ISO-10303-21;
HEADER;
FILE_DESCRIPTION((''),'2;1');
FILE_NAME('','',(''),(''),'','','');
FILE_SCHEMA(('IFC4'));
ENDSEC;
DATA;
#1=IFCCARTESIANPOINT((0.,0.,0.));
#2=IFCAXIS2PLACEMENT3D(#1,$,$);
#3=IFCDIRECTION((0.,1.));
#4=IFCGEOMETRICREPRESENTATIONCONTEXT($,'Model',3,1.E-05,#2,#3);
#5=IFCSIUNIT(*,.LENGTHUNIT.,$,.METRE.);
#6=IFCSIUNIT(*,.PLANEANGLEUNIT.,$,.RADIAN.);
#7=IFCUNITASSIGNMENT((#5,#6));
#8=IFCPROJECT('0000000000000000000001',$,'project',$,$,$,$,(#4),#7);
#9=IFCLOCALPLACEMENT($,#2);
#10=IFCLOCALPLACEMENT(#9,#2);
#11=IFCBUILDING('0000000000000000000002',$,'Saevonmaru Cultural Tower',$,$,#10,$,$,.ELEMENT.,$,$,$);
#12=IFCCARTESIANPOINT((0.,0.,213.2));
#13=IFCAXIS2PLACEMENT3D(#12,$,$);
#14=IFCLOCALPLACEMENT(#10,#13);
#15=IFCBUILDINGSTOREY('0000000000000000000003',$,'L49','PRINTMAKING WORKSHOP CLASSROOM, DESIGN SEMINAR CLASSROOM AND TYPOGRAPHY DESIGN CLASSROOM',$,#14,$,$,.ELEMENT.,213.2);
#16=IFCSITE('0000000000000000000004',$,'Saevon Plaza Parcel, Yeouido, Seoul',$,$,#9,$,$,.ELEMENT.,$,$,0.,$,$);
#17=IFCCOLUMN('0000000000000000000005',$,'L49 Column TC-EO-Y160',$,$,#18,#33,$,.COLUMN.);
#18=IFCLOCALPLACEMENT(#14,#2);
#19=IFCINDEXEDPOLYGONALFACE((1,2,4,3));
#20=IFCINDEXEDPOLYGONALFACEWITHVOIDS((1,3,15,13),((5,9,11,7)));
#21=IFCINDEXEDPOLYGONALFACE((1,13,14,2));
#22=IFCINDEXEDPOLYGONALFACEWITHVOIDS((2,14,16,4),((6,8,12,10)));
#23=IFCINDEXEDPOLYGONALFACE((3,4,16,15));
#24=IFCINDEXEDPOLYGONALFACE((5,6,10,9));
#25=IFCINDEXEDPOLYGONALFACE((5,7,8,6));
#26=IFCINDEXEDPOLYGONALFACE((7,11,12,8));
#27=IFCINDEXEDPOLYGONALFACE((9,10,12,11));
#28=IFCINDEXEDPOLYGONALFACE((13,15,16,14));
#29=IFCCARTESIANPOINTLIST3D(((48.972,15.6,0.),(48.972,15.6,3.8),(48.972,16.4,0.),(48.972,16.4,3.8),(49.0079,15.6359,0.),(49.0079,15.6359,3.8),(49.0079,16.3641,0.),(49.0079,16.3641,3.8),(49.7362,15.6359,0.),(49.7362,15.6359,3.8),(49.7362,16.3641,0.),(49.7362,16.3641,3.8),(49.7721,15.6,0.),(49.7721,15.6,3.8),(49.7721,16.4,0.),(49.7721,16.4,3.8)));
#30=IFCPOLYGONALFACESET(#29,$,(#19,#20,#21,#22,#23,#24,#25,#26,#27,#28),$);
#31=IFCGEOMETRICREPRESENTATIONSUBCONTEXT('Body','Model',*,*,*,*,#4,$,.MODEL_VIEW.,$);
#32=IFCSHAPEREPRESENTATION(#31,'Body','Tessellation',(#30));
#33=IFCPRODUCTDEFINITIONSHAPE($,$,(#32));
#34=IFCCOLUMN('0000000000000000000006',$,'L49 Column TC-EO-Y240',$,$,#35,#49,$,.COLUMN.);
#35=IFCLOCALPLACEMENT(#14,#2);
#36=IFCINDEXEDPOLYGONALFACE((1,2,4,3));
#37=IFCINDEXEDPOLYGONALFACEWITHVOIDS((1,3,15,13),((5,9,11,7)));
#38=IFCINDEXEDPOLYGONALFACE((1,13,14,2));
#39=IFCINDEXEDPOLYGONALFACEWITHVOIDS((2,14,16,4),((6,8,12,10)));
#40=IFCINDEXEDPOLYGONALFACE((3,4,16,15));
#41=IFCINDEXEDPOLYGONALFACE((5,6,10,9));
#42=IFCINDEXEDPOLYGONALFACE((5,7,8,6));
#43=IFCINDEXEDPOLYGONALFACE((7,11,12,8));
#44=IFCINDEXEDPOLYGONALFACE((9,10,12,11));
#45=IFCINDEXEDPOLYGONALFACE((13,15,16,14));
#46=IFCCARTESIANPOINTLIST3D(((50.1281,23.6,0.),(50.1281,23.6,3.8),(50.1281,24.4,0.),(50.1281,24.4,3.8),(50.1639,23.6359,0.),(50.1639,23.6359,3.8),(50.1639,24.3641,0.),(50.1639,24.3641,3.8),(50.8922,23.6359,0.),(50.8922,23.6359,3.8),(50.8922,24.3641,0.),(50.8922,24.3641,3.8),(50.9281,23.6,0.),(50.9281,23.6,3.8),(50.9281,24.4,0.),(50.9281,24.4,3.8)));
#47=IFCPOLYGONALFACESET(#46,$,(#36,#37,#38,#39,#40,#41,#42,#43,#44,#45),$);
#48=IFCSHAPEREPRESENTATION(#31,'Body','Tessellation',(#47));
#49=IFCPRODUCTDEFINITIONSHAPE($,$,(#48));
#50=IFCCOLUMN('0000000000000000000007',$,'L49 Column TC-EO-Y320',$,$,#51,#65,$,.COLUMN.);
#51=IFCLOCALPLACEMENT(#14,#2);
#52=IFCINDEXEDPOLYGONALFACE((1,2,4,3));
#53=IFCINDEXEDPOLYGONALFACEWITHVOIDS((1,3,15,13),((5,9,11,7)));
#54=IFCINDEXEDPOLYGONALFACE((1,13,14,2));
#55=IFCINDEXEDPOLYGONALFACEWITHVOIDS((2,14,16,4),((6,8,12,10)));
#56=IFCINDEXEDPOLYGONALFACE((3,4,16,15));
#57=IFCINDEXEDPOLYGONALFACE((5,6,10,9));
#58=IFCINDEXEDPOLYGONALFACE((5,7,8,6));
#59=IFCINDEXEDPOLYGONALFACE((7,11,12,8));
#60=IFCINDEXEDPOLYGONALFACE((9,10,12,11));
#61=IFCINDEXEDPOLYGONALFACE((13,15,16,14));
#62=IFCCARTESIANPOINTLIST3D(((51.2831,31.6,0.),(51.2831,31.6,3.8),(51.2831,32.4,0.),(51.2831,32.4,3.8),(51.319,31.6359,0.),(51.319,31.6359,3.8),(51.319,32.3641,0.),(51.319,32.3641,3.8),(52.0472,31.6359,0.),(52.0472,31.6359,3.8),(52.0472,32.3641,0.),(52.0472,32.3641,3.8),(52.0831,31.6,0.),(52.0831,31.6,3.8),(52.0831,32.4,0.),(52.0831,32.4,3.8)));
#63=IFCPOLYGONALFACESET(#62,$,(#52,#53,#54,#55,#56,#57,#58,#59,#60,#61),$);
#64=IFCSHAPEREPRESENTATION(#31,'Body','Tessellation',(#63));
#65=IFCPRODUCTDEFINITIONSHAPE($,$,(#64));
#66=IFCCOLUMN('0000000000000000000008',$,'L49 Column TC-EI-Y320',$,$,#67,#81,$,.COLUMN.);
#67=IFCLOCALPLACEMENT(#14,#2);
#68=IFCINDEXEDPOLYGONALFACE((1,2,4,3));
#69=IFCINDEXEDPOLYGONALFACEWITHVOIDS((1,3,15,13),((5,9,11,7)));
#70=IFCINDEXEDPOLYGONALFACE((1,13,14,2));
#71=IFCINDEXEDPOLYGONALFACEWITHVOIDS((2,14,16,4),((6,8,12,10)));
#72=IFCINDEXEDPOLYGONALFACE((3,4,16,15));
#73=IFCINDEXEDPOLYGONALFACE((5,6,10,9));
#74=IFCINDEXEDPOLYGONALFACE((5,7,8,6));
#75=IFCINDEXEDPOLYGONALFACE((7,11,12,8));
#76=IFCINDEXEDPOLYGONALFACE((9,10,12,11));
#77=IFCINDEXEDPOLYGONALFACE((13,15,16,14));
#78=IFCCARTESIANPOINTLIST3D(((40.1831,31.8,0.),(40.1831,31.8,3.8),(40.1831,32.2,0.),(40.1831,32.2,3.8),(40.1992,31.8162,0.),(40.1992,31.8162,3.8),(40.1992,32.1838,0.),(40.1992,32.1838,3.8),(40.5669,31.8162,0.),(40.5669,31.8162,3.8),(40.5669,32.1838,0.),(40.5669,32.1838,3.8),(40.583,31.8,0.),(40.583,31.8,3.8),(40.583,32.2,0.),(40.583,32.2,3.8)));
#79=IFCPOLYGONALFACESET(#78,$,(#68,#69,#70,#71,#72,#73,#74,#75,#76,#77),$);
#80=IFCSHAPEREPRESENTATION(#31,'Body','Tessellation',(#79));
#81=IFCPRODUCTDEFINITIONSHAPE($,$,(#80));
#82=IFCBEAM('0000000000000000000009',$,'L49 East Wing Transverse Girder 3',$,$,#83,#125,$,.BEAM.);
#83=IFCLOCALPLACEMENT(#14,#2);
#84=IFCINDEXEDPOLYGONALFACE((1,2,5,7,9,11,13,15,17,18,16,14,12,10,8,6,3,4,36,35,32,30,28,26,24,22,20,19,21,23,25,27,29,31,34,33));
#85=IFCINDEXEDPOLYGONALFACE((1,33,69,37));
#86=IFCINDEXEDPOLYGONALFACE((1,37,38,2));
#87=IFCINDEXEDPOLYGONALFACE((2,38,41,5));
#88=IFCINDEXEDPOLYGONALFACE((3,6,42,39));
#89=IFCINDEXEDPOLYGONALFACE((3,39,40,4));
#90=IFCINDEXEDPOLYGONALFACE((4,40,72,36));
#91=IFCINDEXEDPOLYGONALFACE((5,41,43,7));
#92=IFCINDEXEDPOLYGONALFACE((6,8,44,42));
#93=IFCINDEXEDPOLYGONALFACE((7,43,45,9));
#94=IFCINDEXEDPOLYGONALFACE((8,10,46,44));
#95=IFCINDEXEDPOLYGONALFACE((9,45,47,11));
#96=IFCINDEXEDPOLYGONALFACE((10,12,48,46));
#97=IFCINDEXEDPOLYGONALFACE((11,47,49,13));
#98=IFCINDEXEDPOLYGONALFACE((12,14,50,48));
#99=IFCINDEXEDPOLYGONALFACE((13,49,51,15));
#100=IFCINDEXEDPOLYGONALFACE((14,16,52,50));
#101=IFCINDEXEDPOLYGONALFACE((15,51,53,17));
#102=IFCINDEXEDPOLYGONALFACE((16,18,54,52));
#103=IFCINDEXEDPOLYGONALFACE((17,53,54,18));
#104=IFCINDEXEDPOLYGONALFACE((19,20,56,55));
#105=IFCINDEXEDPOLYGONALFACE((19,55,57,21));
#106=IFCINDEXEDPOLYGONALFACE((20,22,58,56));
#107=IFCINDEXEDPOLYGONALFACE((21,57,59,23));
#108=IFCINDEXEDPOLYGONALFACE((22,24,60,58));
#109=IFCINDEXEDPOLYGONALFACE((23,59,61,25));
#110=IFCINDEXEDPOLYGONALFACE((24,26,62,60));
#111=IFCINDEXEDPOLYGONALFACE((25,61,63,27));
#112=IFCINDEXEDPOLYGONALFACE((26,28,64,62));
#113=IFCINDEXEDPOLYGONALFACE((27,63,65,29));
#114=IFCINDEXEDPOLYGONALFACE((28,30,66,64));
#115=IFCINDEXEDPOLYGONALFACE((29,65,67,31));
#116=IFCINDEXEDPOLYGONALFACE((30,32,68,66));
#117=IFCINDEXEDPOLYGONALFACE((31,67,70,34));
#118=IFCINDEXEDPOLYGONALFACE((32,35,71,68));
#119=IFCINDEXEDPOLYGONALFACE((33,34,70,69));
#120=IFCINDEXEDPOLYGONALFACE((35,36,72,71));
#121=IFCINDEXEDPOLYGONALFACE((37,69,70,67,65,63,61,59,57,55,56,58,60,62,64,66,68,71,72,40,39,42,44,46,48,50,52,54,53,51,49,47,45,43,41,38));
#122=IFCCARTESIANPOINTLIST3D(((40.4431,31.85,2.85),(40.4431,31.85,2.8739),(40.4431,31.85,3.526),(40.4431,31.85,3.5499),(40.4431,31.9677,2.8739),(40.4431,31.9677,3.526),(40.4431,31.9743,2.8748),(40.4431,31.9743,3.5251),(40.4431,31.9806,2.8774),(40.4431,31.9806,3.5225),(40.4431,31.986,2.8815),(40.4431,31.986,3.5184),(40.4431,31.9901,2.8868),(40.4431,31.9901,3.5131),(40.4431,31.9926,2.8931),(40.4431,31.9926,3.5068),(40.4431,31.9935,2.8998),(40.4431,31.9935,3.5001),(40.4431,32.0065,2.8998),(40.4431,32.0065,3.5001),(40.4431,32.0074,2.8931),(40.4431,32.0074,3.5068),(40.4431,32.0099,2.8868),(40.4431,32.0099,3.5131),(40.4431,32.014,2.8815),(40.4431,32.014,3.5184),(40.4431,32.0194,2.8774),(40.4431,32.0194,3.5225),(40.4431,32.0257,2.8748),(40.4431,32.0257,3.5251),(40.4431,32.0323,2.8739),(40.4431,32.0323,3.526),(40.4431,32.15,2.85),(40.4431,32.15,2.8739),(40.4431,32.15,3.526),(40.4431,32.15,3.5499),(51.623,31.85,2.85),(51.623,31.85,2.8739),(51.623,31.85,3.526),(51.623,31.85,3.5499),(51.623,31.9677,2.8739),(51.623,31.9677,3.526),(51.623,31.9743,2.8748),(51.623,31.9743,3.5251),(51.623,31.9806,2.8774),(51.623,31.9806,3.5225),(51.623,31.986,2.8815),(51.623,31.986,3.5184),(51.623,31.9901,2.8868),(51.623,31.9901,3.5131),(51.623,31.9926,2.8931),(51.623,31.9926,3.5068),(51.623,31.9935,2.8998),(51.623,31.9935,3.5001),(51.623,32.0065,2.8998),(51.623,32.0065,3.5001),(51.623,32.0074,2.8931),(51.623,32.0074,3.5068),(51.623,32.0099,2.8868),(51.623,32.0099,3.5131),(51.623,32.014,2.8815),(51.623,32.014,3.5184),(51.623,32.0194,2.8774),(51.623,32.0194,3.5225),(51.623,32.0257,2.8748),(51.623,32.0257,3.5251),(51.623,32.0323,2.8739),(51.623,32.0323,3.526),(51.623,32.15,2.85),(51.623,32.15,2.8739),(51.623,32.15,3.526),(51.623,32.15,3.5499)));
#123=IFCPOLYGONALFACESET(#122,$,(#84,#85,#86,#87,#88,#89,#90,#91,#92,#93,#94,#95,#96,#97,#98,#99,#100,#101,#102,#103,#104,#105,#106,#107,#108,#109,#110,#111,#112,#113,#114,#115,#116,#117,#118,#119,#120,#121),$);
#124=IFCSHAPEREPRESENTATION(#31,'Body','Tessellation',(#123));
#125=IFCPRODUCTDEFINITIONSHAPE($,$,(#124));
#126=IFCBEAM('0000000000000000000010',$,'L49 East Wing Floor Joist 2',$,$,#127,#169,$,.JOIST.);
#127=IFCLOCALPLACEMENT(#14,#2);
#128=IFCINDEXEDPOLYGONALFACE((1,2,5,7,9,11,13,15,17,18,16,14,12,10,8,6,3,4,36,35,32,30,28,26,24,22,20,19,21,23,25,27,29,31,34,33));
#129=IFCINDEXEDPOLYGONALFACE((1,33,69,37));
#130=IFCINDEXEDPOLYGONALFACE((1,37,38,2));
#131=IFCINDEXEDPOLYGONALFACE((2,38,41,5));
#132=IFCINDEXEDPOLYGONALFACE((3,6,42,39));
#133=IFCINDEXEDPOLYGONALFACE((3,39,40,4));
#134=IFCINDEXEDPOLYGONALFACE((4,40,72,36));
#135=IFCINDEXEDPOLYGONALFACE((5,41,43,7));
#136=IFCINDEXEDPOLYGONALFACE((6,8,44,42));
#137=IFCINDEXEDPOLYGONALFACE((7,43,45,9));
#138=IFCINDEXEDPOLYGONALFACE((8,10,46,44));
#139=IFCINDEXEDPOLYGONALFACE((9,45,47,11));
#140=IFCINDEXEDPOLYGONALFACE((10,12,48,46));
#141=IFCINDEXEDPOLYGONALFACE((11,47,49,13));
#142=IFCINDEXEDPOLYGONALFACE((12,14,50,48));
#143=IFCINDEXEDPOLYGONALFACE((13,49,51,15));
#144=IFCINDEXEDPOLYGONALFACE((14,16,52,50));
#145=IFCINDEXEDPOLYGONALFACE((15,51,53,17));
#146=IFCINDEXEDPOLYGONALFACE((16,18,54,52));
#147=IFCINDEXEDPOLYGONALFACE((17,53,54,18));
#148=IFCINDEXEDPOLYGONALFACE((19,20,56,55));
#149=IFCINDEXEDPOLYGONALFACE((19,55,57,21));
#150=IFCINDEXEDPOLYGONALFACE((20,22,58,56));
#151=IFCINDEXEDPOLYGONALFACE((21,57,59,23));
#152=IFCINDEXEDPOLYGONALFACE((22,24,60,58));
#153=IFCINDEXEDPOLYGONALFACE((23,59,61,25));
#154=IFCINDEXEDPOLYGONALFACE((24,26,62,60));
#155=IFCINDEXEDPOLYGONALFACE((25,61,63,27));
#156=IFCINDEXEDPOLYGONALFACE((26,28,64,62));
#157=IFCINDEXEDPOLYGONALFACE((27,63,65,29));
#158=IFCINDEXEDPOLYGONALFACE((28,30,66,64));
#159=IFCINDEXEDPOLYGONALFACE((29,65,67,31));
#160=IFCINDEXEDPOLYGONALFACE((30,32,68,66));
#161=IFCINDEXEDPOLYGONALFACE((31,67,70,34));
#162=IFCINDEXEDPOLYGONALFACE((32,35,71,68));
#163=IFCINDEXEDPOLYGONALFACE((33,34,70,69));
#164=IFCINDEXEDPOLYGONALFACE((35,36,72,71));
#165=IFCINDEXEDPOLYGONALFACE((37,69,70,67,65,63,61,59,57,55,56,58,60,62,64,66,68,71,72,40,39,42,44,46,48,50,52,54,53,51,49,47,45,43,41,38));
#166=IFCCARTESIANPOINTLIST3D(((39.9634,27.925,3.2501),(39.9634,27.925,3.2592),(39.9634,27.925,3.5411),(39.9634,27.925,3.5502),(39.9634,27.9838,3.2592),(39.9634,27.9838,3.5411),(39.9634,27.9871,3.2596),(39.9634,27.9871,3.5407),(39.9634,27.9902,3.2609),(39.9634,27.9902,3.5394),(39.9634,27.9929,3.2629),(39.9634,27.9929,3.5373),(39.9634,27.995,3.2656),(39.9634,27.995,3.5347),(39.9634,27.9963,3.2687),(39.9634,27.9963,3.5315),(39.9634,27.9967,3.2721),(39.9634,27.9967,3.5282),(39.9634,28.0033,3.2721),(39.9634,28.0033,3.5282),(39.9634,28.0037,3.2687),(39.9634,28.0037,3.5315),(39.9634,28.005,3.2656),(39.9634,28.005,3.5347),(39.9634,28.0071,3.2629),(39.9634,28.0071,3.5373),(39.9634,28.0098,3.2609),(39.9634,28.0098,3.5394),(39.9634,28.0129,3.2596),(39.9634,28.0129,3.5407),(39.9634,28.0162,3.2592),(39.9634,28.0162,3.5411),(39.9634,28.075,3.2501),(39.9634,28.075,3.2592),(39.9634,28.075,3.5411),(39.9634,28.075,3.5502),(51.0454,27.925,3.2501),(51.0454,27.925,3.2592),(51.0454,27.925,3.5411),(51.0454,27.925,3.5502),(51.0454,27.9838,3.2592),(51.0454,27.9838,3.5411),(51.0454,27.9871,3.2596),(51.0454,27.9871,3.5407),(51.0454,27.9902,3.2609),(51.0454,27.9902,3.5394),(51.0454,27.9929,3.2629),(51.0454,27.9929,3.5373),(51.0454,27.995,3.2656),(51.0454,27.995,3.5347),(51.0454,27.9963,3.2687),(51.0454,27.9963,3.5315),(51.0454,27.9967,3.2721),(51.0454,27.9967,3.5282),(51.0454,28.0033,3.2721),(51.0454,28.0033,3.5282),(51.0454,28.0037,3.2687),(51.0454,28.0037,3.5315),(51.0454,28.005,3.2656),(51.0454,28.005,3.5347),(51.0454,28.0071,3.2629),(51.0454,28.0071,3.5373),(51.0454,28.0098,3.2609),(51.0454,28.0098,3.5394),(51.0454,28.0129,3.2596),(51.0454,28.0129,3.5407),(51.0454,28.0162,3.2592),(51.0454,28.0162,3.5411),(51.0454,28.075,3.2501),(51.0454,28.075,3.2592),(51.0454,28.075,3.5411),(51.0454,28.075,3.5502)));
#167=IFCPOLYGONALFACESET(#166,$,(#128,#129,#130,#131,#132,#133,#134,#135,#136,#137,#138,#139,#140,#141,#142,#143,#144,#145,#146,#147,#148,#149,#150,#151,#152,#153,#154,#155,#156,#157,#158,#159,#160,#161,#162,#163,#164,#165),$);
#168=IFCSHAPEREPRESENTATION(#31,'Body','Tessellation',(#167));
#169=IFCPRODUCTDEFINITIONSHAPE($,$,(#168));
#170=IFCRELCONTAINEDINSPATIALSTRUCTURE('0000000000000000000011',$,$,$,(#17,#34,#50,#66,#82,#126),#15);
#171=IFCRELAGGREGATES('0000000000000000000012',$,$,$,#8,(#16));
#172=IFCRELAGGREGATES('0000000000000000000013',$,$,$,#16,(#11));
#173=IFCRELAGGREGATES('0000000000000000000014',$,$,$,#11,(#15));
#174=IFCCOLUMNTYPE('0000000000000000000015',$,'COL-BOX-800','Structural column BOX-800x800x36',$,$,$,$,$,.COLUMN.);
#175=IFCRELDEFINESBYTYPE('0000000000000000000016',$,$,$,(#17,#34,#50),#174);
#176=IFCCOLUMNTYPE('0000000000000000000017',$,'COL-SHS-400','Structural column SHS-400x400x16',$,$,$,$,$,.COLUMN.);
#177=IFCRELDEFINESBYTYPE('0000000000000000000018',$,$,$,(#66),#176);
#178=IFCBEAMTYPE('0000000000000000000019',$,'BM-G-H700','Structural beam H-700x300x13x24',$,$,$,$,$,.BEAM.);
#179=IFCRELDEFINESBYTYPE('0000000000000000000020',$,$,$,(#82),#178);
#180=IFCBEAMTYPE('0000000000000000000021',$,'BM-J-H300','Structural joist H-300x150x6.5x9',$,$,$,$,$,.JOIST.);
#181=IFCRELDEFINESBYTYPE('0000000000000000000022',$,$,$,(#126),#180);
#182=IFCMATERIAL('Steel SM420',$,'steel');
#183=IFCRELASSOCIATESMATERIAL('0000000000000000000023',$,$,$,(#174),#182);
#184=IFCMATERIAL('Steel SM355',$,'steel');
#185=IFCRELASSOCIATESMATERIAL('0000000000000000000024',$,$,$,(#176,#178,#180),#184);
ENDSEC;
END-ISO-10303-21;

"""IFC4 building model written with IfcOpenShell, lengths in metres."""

from ifc_helpers import new_model, si_unit, direction, frame, origin, origin_2d, place, context, subcontext, project, spatial, hollow_rectangle, i_section, extrude, material, material_profile, profile_set, type_object, element, save


model = new_model("IFC4")

# Units and contexts
model_context = context("Model", 3, precision=1e-05, world=origin(), true_north=direction((0.0, 1.0)))
body_context = subcontext(model_context, "Body", "Model", "MODEL_VIEW")
ifc_project = project(units=[si_unit("LENGTHUNIT", "METRE"), si_unit("PLANEANGLEUNIT", "RADIAN")], contexts=[model_context])

# Site, building, storey
site_placement = place(None, origin())
site = spatial("IfcSite", under=ifc_project, at=site_placement, Name="Saevon Plaza Parcel, Yeouido, Seoul", CompositionType="ELEMENT", RefElevation=0.0)
building_placement = place(site_placement, origin())
building = spatial("IfcBuilding", under=site, at=building_placement, Name="Saevonmaru Cultural Tower", CompositionType="ELEMENT")
storey_placement = place(building_placement, frame((0.0, 0.0, 213.2)))
storey = spatial("IfcBuildingStorey", under=building, at=storey_placement, Name="L49", Description="PRINTMAKING WORKSHOP CLASSROOM, DESIGN SEMINAR CLASSROOM AND TYPOGRAPHY DESIGN CLASSROOM", CompositionType="ELEMENT", Elevation=213.2)

# Columns
ifc_material_1 = material(Name="Steel SM420", Category="steel")
ifc_material_profile_1 = material_profile(ifc_material_1, hollow_rectangle(XDim=0.8, YDim=0.8, WallThickness=0.0359, at=origin_2d()), Name="BOX-800x800x36")
ifc_profile_set_1 = profile_set([ifc_material_profile_1], Name="Steel SM420")
column_type_1 = type_object("IfcColumnType", Name="COL-BOX-800", Description="Structural column BOX-800x800x36", PredefinedType="COLUMN", material=ifc_profile_set_1)
for number, where, z_axis, x_axis, name in (
    (1, (49.3721, 16.0, 0.0), (0.0, 0.0, 1.0), (1.0, 0.0, 0.0), "L49 Column TC-EO-Y160"),
    (2, (50.5281, 24.0, 0.0), (0.0, 0.0, 1.0), (1.0, 0.0, 0.0), "L49 Column TC-EO-Y240"),
    (3, (51.6831, 32.0, 0.0), (0.0, 0.0, 1.0), (1.0, 0.0, 0.0), "L49 Column TC-EO-Y320"),
):
    element("IfcColumn", number, at=place(storey_placement, frame(where, z_axis=z_axis, x_axis=x_axis)), inside=storey, type_object=column_type_1, Name=name, PredefinedType="COLUMN", context=body_context, shape_type="SweptSolid", body=[
        extrude(hollow_rectangle(XDim=0.8, YDim=0.8, WallThickness=0.0359, at=origin_2d()), origin(), (0.0, 0.0, 1.0), 3.8),
    ])
ifc_material_2 = material(Name="Steel SM355", Category="steel")
ifc_material_profile_2 = material_profile(ifc_material_2, hollow_rectangle(XDim=0.3999, YDim=0.3999, WallThickness=0.0161, at=origin_2d()), Name="SHS-400x400x16")
ifc_profile_set_2 = profile_set([ifc_material_profile_2], Name="Steel SM355")
column_type_2 = type_object("IfcColumnType", Name="COL-SHS-400", Description="Structural column SHS-400x400x16", PredefinedType="COLUMN", material=ifc_profile_set_2)
column_placement = place(storey_placement, frame((40.3831, 32.0, 0.0), z_axis=(0.0, 0.0, 1.0), x_axis=(1.0, 0.0, 0.0)))
element("IfcColumn", 4, at=column_placement, inside=storey, type_object=column_type_2, Name="L49 Column TC-EI-Y320", PredefinedType="COLUMN", context=body_context, shape_type="SweptSolid", body=[
    extrude(hollow_rectangle(XDim=0.3999, YDim=0.3999, WallThickness=0.0161, at=origin_2d()), origin(), (0.0, 0.0, 1.0), 3.8),
])

# Beams
ifc_material_profile_3 = material_profile(ifc_material_2, i_section(OverallWidth=0.3, OverallDepth=0.7, WebThickness=0.0129, FlangeThickness=0.0239, FilletRadius=0.0259, at=origin_2d()), Name="H-700x300x13x24")
ifc_profile_set_3 = profile_set([ifc_material_profile_3], Name="Steel SM355")
beam_type_1 = type_object("IfcBeamType", Name="BM-G-H700", Description="Structural beam H-700x300x13x24", PredefinedType="BEAM", material=ifc_profile_set_3)
beam_1_placement = place(storey_placement, frame((40.4431, 32.0, 3.2), z_axis=(1.0, 0.0, 0.0), x_axis=(0.0, 1.0, 0.0)))
element("IfcBeam", 5, at=beam_1_placement, inside=storey, type_object=beam_type_1, Name="L49 East Wing Transverse Girder 3", PredefinedType="BEAM", context=body_context, shape_type="SweptSolid", body=[
    extrude(i_section(OverallWidth=0.3, OverallDepth=0.7, WebThickness=0.0129, FlangeThickness=0.0239, FilletRadius=0.0259, at=origin_2d()), origin(), (0.0, 0.0, 1.0), 11.1799),
])
ifc_material_profile_4 = material_profile(ifc_material_2, i_section(OverallWidth=0.1499, OverallDepth=0.3, WebThickness=0.0066, FlangeThickness=0.009, FilletRadius=0.0129, at=origin_2d()), Name="H-300x150x6.5x9")
ifc_profile_set_4 = profile_set([ifc_material_profile_4], Name="Steel SM355")
beam_type_2 = type_object("IfcBeamType", Name="BM-J-H300", Description="Structural joist H-300x150x6.5x9", PredefinedType="JOIST", material=ifc_profile_set_4)
beam_2_placement = place(storey_placement, frame((39.9634, 28.0, 3.4001), z_axis=(1.0, 0.0, 0.0), x_axis=(0.0, 1.0, 0.0)))
element("IfcBeam", 6, at=beam_2_placement, inside=storey, type_object=beam_type_2, Name="L49 East Wing Floor Joist 2", PredefinedType="JOIST", context=body_context, shape_type="SweptSolid", body=[
    extrude(i_section(OverallWidth=0.1499, OverallDepth=0.3, WebThickness=0.0066, FlangeThickness=0.009, FilletRadius=0.0129, at=origin_2d()), origin(), (0.0, 0.0, 1.0), 11.082),
])

save(model, "model.ifc")
